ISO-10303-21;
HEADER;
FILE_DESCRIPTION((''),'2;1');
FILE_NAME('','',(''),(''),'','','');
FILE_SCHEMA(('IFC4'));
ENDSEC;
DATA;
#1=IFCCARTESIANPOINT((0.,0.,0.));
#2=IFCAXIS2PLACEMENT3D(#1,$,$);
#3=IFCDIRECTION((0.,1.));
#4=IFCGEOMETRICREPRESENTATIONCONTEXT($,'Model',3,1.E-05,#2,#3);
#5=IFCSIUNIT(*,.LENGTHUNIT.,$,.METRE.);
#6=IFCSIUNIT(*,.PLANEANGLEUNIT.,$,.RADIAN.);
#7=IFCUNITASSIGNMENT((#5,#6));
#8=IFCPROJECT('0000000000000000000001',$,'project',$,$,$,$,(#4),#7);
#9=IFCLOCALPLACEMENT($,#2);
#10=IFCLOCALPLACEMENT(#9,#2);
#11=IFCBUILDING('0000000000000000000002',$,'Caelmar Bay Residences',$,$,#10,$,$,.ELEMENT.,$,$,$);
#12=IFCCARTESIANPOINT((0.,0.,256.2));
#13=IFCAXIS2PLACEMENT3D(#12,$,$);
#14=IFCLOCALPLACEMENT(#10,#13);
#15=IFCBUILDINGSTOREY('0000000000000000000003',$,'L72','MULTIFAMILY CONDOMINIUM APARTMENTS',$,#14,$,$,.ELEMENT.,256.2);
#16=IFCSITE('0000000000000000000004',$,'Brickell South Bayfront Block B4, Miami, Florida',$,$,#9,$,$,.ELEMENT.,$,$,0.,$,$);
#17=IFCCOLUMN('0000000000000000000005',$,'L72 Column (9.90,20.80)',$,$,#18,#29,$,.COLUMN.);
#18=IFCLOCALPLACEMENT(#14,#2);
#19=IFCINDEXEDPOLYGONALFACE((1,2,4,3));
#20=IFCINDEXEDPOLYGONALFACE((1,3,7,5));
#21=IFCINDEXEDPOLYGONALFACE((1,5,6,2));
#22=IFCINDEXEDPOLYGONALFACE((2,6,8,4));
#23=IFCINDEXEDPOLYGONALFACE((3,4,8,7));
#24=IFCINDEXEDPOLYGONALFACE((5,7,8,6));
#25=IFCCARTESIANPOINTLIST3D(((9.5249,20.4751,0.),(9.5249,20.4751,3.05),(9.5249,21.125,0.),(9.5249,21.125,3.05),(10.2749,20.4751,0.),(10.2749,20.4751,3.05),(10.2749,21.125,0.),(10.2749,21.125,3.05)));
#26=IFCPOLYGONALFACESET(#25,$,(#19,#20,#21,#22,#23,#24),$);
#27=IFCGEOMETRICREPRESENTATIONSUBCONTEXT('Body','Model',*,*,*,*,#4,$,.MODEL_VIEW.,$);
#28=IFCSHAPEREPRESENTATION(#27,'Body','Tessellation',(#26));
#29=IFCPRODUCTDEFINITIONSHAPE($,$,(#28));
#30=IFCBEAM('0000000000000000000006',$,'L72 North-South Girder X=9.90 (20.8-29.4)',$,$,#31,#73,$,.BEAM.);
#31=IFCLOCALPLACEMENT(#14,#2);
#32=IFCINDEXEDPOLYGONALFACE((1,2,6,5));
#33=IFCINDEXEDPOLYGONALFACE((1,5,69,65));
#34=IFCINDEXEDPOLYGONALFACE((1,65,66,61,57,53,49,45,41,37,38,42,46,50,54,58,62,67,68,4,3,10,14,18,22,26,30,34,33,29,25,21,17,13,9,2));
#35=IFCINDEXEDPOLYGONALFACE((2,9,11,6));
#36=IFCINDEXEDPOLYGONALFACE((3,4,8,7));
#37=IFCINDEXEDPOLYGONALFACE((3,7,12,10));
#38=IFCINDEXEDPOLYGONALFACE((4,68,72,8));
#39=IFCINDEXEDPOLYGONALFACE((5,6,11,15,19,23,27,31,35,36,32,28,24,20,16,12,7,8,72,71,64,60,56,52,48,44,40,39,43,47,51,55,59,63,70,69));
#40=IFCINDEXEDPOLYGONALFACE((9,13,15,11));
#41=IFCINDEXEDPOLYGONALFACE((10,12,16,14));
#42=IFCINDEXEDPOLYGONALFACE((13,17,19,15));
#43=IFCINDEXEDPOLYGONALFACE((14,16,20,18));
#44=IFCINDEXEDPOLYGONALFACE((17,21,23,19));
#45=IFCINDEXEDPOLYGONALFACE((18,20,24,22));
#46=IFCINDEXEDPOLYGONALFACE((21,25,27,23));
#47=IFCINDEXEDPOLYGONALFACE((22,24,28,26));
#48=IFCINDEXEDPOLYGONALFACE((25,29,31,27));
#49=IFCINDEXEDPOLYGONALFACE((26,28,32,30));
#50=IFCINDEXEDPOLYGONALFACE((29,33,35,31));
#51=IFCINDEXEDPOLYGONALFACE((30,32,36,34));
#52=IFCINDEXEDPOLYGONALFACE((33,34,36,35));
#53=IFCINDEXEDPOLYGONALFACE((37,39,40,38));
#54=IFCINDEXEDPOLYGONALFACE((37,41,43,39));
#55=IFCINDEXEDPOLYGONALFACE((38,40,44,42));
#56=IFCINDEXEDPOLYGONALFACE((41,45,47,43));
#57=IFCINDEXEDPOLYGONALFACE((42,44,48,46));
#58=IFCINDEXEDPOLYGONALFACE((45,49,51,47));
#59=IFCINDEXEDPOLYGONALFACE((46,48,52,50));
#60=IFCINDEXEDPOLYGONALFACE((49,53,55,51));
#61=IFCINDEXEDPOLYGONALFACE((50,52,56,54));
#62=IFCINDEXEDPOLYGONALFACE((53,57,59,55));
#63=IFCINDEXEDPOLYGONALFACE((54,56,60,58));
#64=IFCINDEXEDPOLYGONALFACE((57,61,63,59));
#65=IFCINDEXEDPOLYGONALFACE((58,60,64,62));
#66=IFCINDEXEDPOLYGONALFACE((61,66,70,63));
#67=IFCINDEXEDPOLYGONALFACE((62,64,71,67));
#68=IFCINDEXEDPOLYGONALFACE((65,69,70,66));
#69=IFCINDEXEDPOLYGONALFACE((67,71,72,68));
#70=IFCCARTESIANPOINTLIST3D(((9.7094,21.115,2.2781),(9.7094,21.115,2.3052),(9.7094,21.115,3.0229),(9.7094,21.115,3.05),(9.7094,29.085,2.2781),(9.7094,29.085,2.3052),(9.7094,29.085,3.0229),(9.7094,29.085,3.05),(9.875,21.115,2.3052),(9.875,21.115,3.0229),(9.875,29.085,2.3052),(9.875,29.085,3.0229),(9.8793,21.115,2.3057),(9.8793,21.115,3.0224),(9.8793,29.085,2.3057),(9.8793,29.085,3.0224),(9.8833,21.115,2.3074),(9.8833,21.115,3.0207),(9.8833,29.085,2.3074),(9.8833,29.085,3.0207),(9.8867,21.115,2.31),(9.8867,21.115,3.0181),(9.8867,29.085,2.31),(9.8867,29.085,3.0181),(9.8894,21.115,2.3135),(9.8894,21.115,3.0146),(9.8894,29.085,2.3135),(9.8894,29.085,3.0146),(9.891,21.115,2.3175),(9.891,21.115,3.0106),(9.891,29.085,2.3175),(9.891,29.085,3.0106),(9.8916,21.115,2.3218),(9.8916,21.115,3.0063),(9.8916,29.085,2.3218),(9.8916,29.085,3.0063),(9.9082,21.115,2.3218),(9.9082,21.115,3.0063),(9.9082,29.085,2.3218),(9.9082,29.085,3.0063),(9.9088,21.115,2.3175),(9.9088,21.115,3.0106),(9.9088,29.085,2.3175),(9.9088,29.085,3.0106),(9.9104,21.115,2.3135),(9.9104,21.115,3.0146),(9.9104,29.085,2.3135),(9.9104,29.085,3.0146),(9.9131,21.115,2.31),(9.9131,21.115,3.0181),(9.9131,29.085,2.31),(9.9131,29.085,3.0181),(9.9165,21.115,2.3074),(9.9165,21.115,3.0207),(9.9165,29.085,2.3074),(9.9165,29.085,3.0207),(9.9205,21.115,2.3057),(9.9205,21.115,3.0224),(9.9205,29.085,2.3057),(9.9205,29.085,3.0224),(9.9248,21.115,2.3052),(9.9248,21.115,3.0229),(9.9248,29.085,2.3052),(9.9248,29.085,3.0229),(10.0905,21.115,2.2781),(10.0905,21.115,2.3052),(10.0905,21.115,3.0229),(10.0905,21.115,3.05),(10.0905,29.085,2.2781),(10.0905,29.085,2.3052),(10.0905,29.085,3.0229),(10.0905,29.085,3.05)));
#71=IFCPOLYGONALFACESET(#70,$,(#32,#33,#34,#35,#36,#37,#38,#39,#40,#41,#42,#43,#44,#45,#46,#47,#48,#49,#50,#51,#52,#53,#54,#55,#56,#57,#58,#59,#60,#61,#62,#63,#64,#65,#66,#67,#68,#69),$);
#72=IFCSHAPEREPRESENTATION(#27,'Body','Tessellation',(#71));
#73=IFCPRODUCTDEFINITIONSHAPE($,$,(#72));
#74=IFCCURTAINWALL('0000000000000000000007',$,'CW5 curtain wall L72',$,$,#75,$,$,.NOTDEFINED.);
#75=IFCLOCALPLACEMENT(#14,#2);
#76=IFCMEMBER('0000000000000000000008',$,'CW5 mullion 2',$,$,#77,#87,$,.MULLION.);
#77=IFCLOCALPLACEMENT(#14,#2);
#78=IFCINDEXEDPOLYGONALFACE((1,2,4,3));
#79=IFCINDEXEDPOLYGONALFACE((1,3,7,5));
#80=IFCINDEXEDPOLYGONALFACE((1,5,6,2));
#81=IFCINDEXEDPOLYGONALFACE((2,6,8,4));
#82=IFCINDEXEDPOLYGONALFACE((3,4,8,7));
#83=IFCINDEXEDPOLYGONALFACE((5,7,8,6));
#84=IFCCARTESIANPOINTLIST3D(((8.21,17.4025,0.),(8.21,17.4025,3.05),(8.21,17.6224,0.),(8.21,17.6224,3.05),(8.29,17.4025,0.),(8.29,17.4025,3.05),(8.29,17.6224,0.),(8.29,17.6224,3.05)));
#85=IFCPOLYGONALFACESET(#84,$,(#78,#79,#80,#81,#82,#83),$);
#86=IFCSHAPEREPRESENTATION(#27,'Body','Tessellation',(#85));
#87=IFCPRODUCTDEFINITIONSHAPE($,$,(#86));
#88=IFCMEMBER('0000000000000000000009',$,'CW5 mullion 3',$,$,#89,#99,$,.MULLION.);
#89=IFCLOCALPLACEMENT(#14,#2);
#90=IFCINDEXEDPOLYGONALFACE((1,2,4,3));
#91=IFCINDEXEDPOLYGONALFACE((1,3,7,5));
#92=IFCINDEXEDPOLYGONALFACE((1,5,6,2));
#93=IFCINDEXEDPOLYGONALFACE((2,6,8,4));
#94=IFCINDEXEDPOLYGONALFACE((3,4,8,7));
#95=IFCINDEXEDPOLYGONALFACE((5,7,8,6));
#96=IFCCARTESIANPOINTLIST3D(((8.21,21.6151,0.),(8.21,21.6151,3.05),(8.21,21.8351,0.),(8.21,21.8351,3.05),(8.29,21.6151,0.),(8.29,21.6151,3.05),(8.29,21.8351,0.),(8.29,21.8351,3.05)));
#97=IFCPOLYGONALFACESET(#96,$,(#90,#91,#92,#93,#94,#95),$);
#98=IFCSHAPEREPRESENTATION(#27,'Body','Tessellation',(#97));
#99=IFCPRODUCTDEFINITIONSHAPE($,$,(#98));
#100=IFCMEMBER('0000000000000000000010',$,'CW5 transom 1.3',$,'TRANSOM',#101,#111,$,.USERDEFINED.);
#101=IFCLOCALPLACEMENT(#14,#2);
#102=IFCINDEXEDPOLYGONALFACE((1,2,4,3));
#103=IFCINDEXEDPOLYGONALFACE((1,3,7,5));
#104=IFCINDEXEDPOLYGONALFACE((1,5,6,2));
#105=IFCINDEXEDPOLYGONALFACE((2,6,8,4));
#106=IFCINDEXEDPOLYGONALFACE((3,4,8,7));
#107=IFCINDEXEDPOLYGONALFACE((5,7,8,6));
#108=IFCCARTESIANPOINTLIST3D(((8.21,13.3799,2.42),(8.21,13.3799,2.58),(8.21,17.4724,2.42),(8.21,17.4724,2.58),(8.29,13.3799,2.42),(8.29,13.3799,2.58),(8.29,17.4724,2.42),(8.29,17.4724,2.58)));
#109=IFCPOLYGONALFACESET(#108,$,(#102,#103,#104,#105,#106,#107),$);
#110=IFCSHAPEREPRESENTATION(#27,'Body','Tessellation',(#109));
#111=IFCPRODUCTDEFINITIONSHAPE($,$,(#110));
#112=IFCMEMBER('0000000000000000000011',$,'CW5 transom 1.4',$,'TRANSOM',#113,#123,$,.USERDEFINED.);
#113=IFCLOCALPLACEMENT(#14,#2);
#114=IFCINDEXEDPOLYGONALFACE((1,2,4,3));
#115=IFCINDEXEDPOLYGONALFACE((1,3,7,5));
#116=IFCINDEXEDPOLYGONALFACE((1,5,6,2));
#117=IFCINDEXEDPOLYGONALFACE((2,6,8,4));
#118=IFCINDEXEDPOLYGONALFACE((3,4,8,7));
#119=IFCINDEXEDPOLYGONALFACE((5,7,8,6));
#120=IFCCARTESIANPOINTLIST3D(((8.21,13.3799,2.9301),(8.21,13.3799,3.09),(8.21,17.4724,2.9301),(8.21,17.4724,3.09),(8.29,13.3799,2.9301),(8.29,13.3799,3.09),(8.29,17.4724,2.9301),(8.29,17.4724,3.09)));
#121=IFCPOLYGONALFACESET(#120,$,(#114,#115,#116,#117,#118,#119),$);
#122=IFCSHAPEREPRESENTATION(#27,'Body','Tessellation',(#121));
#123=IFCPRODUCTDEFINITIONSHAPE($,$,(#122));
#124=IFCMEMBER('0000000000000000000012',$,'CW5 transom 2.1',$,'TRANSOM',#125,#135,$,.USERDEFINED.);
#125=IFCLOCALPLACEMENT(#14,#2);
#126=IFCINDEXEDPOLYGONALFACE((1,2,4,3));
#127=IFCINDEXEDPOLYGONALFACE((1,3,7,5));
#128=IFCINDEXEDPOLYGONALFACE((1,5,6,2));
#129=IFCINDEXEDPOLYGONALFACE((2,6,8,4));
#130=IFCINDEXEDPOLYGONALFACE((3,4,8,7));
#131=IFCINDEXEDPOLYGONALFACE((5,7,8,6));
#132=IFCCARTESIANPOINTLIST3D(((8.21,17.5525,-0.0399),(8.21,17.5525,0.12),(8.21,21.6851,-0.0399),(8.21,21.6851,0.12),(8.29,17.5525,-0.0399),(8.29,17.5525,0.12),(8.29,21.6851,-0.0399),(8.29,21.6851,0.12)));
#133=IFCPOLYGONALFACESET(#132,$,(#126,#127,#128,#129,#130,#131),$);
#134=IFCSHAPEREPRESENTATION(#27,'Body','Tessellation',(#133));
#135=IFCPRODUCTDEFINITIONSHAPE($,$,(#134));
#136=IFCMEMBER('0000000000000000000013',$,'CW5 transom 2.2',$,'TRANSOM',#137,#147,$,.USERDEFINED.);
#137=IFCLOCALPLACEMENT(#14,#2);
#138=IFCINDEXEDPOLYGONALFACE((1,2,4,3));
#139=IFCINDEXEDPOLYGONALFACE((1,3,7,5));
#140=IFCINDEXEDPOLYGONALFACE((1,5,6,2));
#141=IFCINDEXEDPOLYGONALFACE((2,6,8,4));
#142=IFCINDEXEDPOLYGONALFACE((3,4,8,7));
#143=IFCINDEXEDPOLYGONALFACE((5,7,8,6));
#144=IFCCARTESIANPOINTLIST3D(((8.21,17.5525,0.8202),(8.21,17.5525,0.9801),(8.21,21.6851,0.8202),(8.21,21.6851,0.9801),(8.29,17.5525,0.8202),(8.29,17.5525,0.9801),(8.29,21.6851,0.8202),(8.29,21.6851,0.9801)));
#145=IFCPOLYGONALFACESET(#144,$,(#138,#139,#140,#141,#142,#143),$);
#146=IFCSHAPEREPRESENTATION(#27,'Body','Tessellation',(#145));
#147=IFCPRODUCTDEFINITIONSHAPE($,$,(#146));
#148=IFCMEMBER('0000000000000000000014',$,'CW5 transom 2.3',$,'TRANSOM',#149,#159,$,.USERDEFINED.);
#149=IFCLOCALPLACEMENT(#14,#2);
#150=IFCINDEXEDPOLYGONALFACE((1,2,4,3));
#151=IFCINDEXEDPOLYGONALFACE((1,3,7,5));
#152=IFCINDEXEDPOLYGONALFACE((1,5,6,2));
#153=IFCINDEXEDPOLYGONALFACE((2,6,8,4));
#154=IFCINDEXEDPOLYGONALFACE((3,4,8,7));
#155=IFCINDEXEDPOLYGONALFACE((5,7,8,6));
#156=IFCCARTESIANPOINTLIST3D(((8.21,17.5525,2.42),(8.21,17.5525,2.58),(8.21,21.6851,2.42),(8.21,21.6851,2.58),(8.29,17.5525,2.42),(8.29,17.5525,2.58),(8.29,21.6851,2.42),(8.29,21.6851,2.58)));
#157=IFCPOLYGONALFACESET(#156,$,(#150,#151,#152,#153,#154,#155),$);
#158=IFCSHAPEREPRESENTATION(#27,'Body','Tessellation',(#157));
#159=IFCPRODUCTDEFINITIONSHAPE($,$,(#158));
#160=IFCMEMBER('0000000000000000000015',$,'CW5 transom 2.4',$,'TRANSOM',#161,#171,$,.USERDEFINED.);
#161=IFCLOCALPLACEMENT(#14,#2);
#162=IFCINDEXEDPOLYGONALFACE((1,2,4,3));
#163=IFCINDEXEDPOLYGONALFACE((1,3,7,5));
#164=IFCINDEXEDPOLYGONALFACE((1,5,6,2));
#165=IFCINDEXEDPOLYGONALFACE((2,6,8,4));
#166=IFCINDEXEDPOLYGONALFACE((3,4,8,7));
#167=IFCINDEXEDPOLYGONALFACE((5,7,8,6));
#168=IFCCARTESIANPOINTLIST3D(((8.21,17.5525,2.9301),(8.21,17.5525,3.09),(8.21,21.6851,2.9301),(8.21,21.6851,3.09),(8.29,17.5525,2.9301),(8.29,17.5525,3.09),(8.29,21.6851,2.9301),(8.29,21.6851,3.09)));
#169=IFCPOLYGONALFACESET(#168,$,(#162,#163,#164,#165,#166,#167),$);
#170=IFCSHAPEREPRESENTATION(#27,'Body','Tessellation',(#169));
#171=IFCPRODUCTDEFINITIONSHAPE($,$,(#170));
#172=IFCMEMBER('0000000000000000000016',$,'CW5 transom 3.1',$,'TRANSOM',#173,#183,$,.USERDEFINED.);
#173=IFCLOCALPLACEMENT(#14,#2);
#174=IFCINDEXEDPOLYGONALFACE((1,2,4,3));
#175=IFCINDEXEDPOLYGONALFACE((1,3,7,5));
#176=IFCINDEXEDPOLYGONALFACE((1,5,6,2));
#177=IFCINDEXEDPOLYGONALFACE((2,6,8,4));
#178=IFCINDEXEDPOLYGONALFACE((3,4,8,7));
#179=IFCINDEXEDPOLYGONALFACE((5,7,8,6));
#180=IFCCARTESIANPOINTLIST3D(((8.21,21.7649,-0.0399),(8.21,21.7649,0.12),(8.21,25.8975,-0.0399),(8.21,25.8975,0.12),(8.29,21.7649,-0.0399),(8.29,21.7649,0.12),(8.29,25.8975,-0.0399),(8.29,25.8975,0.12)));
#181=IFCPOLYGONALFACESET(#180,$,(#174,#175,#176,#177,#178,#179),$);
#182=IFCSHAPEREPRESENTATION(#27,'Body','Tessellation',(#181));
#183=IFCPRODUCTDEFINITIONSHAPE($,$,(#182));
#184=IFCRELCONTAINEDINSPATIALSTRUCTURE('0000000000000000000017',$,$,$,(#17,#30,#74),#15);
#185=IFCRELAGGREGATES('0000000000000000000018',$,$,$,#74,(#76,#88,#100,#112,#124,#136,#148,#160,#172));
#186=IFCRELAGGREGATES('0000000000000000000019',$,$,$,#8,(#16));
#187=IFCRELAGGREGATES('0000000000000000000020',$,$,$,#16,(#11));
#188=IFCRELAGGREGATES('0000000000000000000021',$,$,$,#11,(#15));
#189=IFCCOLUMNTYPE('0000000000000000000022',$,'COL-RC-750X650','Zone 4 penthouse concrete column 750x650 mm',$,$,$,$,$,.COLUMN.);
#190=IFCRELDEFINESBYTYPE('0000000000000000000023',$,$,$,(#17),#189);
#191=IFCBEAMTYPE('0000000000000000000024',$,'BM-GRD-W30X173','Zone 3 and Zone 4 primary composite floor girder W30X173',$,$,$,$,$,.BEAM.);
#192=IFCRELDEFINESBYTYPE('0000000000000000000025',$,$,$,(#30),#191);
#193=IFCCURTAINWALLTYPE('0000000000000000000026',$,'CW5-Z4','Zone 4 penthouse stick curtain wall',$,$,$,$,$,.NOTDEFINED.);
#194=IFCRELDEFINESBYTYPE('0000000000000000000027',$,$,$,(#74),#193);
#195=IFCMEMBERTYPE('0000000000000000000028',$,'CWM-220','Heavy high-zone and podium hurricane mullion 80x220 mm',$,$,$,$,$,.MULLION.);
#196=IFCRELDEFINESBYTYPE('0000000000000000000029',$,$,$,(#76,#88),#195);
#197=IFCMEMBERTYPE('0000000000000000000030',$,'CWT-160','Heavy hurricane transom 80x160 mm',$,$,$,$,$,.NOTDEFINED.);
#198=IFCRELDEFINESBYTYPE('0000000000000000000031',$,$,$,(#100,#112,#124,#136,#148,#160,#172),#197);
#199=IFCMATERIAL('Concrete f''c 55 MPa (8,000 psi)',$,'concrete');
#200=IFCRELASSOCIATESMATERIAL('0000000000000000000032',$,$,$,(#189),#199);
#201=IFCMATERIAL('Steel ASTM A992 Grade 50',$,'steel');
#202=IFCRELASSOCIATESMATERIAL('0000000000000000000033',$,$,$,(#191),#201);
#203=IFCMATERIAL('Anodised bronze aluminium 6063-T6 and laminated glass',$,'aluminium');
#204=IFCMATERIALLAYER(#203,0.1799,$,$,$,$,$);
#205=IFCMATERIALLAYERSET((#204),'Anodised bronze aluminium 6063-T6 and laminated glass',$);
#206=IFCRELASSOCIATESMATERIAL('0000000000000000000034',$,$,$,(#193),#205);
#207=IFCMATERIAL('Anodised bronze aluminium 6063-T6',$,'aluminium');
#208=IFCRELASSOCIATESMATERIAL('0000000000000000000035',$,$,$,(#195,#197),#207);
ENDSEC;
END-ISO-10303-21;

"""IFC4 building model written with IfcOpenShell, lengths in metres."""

from ifc_helpers import new_model, si_unit, direction, frame, origin, origin_2d, place, context, subcontext, project, spatial, rectangle, i_section, extrude, material, layer, layer_set, material_profile, profile_set, type_object, element, aggregate, save


model = new_model("IFC4")

# Units and contexts
model_context = context("Model", 3, precision=1e-05, world=origin(), true_north=direction((0.0, 1.0)))
body_context = subcontext(model_context, "Body", "Model", "MODEL_VIEW")
ifc_project = project(units=[si_unit("LENGTHUNIT", "METRE"), si_unit("PLANEANGLEUNIT", "RADIAN")], contexts=[model_context])

# Site, building, storey
site_placement = place(None, origin())
site = spatial("IfcSite", under=ifc_project, at=site_placement, Name="Brickell South Bayfront Block B4, Miami, Florida", CompositionType="ELEMENT", RefElevation=0.0)
building_placement = place(site_placement, origin())
building = spatial("IfcBuilding", under=site, at=building_placement, Name="Caelmar Bay Residences", CompositionType="ELEMENT")
storey_placement = place(building_placement, frame((0.0, 0.0, 256.2)))
storey = spatial("IfcBuildingStorey", under=building, at=storey_placement, Name="L72", Description="MULTIFAMILY CONDOMINIUM APARTMENTS", CompositionType="ELEMENT", Elevation=256.2)

# Column
ifc_material_1 = material(Name="Concrete f'c 55 MPa (8,000 psi)", Category="concrete")
ifc_material_profile_1 = material_profile(ifc_material_1, rectangle(XDim=0.75, YDim=0.6499, at=origin_2d()), Name="RC-COL-750X650")
ifc_profile_set_1 = profile_set([ifc_material_profile_1], Name="Concrete f'c 55 MPa (8,000 psi)")
column_type = type_object("IfcColumnType", Name="COL-RC-750X650", Description="Zone 4 penthouse concrete column 750x650 mm", PredefinedType="COLUMN", material=ifc_profile_set_1)
column_placement = place(storey_placement, frame((9.8999, 20.8, 0.0), z_axis=(0.0, 0.0, 1.0), x_axis=(1.0, 0.0, 0.0)))
element("IfcColumn", 1, at=column_placement, inside=storey, type_object=column_type, Name="L72 Column (9.90,20.80)", PredefinedType="COLUMN", context=body_context, shape_type="SweptSolid", body=[
    extrude(rectangle(XDim=0.75, YDim=0.6499, at=origin_2d()), origin(), (0.0, 0.0, 1.0), 3.05),
])

# Beam
ifc_material_2 = material(Name="Steel ASTM A992 Grade 50", Category="steel")
ifc_material_profile_2 = material_profile(ifc_material_2, i_section(OverallWidth=0.3811, OverallDepth=0.772, WebThickness=0.0166, FlangeThickness=0.0271, FilletRadius=0.0166, at=origin_2d()), Name="W30X173")
ifc_profile_set_2 = profile_set([ifc_material_profile_2], Name="Steel ASTM A992 Grade 50")
beam_type = type_object("IfcBeamType", Name="BM-GRD-W30X173", Description="Zone 3 and Zone 4 primary composite floor girder W30X173", PredefinedType="BEAM", material=ifc_profile_set_2)
beam_placement = place(storey_placement, frame((9.8999, 21.115, 2.6641), z_axis=(0.0, 1.0, 0.0), x_axis=(-1.0, 0.0, 0.0)))
element("IfcBeam", 2, at=beam_placement, inside=storey, type_object=beam_type, Name="L72 North-South Girder X=9.90 (20.8-29.4)", PredefinedType="BEAM", context=body_context, shape_type="SweptSolid", body=[
    extrude(i_section(OverallWidth=0.3811, OverallDepth=0.772, WebThickness=0.0166, FlangeThickness=0.0271, FilletRadius=0.0166, at=origin_2d()), origin(), (0.0, 0.0, 1.0), 7.97),
])

# Curtain wall, members
ifc_material_3 = material(Name="Anodised bronze aluminium 6063-T6 and laminated glass", Category="aluminium")
ifc_layer_1 = layer(ifc_material_3, 0.1799)
ifc_layer_set_1 = layer_set([ifc_layer_1], Name="Anodised bronze aluminium 6063-T6 and laminated glass")
curtain_wall_type = type_object("IfcCurtainWallType", Name="CW5-Z4", Description="Zone 4 penthouse stick curtain wall", PredefinedType="NOTDEFINED", material=ifc_layer_set_1)
curtain_wall_placement = place(storey_placement, origin())
curtain_wall = element("IfcCurtainWall", 3, at=curtain_wall_placement, inside=storey, type_object=curtain_wall_type, Name="CW5 curtain wall L72", PredefinedType="NOTDEFINED")
ifc_material_4 = material(Name="Anodised bronze aluminium 6063-T6", Category="aluminium")
ifc_material_profile_3 = material_profile(ifc_material_4, rectangle(XDim=0.0801, YDim=0.22, at=origin_2d()), Name="CWM-80X220")
ifc_profile_set_3 = profile_set([ifc_material_profile_3], Name="Anodised bronze aluminium 6063-T6")
member_type_1 = type_object("IfcMemberType", Name="CWM-220", Description="Heavy high-zone and podium hurricane mullion 80x220 mm", PredefinedType="MULLION", material=ifc_profile_set_3)
member_1_placement = place(storey_placement, frame((8.25, 17.5125, 0.0), z_axis=(0.0, 0.0, 1.0), x_axis=(-1.0, 0.0, 0.0)))
member_1 = element("IfcMember", 4, at=member_1_placement, type_object=member_type_1, Name="CW5 mullion 2", PredefinedType="MULLION", context=body_context, shape_type="SweptSolid", body=[
    extrude(rectangle(XDim=0.0801, YDim=0.22, at=origin_2d()), origin(), (0.0, 0.0, 1.0), 3.05),
])
member_2_placement = place(storey_placement, frame((8.25, 21.7251, 0.0), z_axis=(0.0, 0.0, 1.0), x_axis=(-1.0, 0.0, 0.0)))
member_2 = element("IfcMember", 5, at=member_2_placement, type_object=member_type_1, Name="CW5 mullion 3", PredefinedType="MULLION", context=body_context, shape_type="SweptSolid", body=[
    extrude(rectangle(XDim=0.0801, YDim=0.22, at=origin_2d()), origin(), (0.0, 0.0, 1.0), 3.05),
])
ifc_material_profile_4 = material_profile(ifc_material_4, rectangle(XDim=0.0801, YDim=0.1599, at=origin_2d()), Name="CWT-80X160")
ifc_profile_set_4 = profile_set([ifc_material_profile_4], Name="Anodised bronze aluminium 6063-T6")
member_type_2 = type_object("IfcMemberType", Name="CWT-160", Description="Heavy hurricane transom 80x160 mm", PredefinedType="NOTDEFINED", material=ifc_profile_set_4)
member_3_placement = place(storey_placement, frame((8.25, 13.3799, 2.5), z_axis=(0.0, 1.0, 0.0), x_axis=(-1.0, 0.0, 0.0)))
member_3 = element("IfcMember", 6, at=member_3_placement, type_object=member_type_2, Name="CW5 transom 1.3", ObjectType="TRANSOM", PredefinedType="USERDEFINED", context=body_context, shape_type="SweptSolid", body=[
    extrude(rectangle(XDim=0.0801, YDim=0.1599, at=origin_2d()), origin(), (0.0, 0.0, 1.0), 4.0925),
])
member_4_placement = place(storey_placement, frame((8.25, 13.3799, 3.01), z_axis=(0.0, 1.0, 0.0), x_axis=(-1.0, 0.0, 0.0)))
member_4 = element("IfcMember", 7, at=member_4_placement, type_object=member_type_2, Name="CW5 transom 1.4", ObjectType="TRANSOM", PredefinedType="USERDEFINED", context=body_context, shape_type="SweptSolid", body=[
    extrude(rectangle(XDim=0.0801, YDim=0.1599, at=origin_2d()), origin(), (0.0, 0.0, 1.0), 4.0925),
])
member_5_placement = place(storey_placement, frame((8.25, 17.5525, 0.04), z_axis=(0.0, 1.0, 0.0), x_axis=(-1.0, 0.0, 0.0)))
member_5 = element("IfcMember", 8, at=member_5_placement, type_object=member_type_2, Name="CW5 transom 2.1", ObjectType="TRANSOM", PredefinedType="USERDEFINED", context=body_context, shape_type="SweptSolid", body=[
    extrude(rectangle(XDim=0.0801, YDim=0.1599, at=origin_2d()), origin(), (0.0, 0.0, 1.0), 4.1326),
])
member_6_placement = place(storey_placement, frame((8.25, 17.5525, 0.9001), z_axis=(0.0, 1.0, 0.0), x_axis=(-1.0, 0.0, 0.0)))
member_6 = element("IfcMember", 9, at=member_6_placement, type_object=member_type_2, Name="CW5 transom 2.2", ObjectType="TRANSOM", PredefinedType="USERDEFINED", context=body_context, shape_type="SweptSolid", body=[
    extrude(rectangle(XDim=0.0801, YDim=0.1599, at=origin_2d()), origin(), (0.0, 0.0, 1.0), 4.1326),
])
member_7_placement = place(storey_placement, frame((8.25, 17.5525, 2.5), z_axis=(0.0, 1.0, 0.0), x_axis=(-1.0, 0.0, 0.0)))
member_7 = element("IfcMember", 10, at=member_7_placement, type_object=member_type_2, Name="CW5 transom 2.3", ObjectType="TRANSOM", PredefinedType="USERDEFINED", context=body_context, shape_type="SweptSolid", body=[
    extrude(rectangle(XDim=0.0801, YDim=0.1599, at=origin_2d()), origin(), (0.0, 0.0, 1.0), 4.1326),
])
member_8_placement = place(storey_placement, frame((8.25, 17.5525, 3.01), z_axis=(0.0, 1.0, 0.0), x_axis=(-1.0, 0.0, 0.0)))
member_8 = element("IfcMember", 11, at=member_8_placement, type_object=member_type_2, Name="CW5 transom 2.4", ObjectType="TRANSOM", PredefinedType="USERDEFINED", context=body_context, shape_type="SweptSolid", body=[
    extrude(rectangle(XDim=0.0801, YDim=0.1599, at=origin_2d()), origin(), (0.0, 0.0, 1.0), 4.1326),
])
member_9_placement = place(storey_placement, frame((8.25, 21.7649, 0.04), z_axis=(0.0, 1.0, 0.0), x_axis=(-1.0, 0.0, 0.0)))
member_9 = element("IfcMember", 12, at=member_9_placement, type_object=member_type_2, Name="CW5 transom 3.1", ObjectType="TRANSOM", PredefinedType="USERDEFINED", context=body_context, shape_type="SweptSolid", body=[
    extrude(rectangle(XDim=0.0801, YDim=0.1599, at=origin_2d()), origin(), (0.0, 0.0, 1.0), 4.1326),
])
aggregate(curtain_wall, [member_1, member_2, member_3, member_4, member_5, member_6, member_7, member_8, member_9])

save(model, "model.ifc")
